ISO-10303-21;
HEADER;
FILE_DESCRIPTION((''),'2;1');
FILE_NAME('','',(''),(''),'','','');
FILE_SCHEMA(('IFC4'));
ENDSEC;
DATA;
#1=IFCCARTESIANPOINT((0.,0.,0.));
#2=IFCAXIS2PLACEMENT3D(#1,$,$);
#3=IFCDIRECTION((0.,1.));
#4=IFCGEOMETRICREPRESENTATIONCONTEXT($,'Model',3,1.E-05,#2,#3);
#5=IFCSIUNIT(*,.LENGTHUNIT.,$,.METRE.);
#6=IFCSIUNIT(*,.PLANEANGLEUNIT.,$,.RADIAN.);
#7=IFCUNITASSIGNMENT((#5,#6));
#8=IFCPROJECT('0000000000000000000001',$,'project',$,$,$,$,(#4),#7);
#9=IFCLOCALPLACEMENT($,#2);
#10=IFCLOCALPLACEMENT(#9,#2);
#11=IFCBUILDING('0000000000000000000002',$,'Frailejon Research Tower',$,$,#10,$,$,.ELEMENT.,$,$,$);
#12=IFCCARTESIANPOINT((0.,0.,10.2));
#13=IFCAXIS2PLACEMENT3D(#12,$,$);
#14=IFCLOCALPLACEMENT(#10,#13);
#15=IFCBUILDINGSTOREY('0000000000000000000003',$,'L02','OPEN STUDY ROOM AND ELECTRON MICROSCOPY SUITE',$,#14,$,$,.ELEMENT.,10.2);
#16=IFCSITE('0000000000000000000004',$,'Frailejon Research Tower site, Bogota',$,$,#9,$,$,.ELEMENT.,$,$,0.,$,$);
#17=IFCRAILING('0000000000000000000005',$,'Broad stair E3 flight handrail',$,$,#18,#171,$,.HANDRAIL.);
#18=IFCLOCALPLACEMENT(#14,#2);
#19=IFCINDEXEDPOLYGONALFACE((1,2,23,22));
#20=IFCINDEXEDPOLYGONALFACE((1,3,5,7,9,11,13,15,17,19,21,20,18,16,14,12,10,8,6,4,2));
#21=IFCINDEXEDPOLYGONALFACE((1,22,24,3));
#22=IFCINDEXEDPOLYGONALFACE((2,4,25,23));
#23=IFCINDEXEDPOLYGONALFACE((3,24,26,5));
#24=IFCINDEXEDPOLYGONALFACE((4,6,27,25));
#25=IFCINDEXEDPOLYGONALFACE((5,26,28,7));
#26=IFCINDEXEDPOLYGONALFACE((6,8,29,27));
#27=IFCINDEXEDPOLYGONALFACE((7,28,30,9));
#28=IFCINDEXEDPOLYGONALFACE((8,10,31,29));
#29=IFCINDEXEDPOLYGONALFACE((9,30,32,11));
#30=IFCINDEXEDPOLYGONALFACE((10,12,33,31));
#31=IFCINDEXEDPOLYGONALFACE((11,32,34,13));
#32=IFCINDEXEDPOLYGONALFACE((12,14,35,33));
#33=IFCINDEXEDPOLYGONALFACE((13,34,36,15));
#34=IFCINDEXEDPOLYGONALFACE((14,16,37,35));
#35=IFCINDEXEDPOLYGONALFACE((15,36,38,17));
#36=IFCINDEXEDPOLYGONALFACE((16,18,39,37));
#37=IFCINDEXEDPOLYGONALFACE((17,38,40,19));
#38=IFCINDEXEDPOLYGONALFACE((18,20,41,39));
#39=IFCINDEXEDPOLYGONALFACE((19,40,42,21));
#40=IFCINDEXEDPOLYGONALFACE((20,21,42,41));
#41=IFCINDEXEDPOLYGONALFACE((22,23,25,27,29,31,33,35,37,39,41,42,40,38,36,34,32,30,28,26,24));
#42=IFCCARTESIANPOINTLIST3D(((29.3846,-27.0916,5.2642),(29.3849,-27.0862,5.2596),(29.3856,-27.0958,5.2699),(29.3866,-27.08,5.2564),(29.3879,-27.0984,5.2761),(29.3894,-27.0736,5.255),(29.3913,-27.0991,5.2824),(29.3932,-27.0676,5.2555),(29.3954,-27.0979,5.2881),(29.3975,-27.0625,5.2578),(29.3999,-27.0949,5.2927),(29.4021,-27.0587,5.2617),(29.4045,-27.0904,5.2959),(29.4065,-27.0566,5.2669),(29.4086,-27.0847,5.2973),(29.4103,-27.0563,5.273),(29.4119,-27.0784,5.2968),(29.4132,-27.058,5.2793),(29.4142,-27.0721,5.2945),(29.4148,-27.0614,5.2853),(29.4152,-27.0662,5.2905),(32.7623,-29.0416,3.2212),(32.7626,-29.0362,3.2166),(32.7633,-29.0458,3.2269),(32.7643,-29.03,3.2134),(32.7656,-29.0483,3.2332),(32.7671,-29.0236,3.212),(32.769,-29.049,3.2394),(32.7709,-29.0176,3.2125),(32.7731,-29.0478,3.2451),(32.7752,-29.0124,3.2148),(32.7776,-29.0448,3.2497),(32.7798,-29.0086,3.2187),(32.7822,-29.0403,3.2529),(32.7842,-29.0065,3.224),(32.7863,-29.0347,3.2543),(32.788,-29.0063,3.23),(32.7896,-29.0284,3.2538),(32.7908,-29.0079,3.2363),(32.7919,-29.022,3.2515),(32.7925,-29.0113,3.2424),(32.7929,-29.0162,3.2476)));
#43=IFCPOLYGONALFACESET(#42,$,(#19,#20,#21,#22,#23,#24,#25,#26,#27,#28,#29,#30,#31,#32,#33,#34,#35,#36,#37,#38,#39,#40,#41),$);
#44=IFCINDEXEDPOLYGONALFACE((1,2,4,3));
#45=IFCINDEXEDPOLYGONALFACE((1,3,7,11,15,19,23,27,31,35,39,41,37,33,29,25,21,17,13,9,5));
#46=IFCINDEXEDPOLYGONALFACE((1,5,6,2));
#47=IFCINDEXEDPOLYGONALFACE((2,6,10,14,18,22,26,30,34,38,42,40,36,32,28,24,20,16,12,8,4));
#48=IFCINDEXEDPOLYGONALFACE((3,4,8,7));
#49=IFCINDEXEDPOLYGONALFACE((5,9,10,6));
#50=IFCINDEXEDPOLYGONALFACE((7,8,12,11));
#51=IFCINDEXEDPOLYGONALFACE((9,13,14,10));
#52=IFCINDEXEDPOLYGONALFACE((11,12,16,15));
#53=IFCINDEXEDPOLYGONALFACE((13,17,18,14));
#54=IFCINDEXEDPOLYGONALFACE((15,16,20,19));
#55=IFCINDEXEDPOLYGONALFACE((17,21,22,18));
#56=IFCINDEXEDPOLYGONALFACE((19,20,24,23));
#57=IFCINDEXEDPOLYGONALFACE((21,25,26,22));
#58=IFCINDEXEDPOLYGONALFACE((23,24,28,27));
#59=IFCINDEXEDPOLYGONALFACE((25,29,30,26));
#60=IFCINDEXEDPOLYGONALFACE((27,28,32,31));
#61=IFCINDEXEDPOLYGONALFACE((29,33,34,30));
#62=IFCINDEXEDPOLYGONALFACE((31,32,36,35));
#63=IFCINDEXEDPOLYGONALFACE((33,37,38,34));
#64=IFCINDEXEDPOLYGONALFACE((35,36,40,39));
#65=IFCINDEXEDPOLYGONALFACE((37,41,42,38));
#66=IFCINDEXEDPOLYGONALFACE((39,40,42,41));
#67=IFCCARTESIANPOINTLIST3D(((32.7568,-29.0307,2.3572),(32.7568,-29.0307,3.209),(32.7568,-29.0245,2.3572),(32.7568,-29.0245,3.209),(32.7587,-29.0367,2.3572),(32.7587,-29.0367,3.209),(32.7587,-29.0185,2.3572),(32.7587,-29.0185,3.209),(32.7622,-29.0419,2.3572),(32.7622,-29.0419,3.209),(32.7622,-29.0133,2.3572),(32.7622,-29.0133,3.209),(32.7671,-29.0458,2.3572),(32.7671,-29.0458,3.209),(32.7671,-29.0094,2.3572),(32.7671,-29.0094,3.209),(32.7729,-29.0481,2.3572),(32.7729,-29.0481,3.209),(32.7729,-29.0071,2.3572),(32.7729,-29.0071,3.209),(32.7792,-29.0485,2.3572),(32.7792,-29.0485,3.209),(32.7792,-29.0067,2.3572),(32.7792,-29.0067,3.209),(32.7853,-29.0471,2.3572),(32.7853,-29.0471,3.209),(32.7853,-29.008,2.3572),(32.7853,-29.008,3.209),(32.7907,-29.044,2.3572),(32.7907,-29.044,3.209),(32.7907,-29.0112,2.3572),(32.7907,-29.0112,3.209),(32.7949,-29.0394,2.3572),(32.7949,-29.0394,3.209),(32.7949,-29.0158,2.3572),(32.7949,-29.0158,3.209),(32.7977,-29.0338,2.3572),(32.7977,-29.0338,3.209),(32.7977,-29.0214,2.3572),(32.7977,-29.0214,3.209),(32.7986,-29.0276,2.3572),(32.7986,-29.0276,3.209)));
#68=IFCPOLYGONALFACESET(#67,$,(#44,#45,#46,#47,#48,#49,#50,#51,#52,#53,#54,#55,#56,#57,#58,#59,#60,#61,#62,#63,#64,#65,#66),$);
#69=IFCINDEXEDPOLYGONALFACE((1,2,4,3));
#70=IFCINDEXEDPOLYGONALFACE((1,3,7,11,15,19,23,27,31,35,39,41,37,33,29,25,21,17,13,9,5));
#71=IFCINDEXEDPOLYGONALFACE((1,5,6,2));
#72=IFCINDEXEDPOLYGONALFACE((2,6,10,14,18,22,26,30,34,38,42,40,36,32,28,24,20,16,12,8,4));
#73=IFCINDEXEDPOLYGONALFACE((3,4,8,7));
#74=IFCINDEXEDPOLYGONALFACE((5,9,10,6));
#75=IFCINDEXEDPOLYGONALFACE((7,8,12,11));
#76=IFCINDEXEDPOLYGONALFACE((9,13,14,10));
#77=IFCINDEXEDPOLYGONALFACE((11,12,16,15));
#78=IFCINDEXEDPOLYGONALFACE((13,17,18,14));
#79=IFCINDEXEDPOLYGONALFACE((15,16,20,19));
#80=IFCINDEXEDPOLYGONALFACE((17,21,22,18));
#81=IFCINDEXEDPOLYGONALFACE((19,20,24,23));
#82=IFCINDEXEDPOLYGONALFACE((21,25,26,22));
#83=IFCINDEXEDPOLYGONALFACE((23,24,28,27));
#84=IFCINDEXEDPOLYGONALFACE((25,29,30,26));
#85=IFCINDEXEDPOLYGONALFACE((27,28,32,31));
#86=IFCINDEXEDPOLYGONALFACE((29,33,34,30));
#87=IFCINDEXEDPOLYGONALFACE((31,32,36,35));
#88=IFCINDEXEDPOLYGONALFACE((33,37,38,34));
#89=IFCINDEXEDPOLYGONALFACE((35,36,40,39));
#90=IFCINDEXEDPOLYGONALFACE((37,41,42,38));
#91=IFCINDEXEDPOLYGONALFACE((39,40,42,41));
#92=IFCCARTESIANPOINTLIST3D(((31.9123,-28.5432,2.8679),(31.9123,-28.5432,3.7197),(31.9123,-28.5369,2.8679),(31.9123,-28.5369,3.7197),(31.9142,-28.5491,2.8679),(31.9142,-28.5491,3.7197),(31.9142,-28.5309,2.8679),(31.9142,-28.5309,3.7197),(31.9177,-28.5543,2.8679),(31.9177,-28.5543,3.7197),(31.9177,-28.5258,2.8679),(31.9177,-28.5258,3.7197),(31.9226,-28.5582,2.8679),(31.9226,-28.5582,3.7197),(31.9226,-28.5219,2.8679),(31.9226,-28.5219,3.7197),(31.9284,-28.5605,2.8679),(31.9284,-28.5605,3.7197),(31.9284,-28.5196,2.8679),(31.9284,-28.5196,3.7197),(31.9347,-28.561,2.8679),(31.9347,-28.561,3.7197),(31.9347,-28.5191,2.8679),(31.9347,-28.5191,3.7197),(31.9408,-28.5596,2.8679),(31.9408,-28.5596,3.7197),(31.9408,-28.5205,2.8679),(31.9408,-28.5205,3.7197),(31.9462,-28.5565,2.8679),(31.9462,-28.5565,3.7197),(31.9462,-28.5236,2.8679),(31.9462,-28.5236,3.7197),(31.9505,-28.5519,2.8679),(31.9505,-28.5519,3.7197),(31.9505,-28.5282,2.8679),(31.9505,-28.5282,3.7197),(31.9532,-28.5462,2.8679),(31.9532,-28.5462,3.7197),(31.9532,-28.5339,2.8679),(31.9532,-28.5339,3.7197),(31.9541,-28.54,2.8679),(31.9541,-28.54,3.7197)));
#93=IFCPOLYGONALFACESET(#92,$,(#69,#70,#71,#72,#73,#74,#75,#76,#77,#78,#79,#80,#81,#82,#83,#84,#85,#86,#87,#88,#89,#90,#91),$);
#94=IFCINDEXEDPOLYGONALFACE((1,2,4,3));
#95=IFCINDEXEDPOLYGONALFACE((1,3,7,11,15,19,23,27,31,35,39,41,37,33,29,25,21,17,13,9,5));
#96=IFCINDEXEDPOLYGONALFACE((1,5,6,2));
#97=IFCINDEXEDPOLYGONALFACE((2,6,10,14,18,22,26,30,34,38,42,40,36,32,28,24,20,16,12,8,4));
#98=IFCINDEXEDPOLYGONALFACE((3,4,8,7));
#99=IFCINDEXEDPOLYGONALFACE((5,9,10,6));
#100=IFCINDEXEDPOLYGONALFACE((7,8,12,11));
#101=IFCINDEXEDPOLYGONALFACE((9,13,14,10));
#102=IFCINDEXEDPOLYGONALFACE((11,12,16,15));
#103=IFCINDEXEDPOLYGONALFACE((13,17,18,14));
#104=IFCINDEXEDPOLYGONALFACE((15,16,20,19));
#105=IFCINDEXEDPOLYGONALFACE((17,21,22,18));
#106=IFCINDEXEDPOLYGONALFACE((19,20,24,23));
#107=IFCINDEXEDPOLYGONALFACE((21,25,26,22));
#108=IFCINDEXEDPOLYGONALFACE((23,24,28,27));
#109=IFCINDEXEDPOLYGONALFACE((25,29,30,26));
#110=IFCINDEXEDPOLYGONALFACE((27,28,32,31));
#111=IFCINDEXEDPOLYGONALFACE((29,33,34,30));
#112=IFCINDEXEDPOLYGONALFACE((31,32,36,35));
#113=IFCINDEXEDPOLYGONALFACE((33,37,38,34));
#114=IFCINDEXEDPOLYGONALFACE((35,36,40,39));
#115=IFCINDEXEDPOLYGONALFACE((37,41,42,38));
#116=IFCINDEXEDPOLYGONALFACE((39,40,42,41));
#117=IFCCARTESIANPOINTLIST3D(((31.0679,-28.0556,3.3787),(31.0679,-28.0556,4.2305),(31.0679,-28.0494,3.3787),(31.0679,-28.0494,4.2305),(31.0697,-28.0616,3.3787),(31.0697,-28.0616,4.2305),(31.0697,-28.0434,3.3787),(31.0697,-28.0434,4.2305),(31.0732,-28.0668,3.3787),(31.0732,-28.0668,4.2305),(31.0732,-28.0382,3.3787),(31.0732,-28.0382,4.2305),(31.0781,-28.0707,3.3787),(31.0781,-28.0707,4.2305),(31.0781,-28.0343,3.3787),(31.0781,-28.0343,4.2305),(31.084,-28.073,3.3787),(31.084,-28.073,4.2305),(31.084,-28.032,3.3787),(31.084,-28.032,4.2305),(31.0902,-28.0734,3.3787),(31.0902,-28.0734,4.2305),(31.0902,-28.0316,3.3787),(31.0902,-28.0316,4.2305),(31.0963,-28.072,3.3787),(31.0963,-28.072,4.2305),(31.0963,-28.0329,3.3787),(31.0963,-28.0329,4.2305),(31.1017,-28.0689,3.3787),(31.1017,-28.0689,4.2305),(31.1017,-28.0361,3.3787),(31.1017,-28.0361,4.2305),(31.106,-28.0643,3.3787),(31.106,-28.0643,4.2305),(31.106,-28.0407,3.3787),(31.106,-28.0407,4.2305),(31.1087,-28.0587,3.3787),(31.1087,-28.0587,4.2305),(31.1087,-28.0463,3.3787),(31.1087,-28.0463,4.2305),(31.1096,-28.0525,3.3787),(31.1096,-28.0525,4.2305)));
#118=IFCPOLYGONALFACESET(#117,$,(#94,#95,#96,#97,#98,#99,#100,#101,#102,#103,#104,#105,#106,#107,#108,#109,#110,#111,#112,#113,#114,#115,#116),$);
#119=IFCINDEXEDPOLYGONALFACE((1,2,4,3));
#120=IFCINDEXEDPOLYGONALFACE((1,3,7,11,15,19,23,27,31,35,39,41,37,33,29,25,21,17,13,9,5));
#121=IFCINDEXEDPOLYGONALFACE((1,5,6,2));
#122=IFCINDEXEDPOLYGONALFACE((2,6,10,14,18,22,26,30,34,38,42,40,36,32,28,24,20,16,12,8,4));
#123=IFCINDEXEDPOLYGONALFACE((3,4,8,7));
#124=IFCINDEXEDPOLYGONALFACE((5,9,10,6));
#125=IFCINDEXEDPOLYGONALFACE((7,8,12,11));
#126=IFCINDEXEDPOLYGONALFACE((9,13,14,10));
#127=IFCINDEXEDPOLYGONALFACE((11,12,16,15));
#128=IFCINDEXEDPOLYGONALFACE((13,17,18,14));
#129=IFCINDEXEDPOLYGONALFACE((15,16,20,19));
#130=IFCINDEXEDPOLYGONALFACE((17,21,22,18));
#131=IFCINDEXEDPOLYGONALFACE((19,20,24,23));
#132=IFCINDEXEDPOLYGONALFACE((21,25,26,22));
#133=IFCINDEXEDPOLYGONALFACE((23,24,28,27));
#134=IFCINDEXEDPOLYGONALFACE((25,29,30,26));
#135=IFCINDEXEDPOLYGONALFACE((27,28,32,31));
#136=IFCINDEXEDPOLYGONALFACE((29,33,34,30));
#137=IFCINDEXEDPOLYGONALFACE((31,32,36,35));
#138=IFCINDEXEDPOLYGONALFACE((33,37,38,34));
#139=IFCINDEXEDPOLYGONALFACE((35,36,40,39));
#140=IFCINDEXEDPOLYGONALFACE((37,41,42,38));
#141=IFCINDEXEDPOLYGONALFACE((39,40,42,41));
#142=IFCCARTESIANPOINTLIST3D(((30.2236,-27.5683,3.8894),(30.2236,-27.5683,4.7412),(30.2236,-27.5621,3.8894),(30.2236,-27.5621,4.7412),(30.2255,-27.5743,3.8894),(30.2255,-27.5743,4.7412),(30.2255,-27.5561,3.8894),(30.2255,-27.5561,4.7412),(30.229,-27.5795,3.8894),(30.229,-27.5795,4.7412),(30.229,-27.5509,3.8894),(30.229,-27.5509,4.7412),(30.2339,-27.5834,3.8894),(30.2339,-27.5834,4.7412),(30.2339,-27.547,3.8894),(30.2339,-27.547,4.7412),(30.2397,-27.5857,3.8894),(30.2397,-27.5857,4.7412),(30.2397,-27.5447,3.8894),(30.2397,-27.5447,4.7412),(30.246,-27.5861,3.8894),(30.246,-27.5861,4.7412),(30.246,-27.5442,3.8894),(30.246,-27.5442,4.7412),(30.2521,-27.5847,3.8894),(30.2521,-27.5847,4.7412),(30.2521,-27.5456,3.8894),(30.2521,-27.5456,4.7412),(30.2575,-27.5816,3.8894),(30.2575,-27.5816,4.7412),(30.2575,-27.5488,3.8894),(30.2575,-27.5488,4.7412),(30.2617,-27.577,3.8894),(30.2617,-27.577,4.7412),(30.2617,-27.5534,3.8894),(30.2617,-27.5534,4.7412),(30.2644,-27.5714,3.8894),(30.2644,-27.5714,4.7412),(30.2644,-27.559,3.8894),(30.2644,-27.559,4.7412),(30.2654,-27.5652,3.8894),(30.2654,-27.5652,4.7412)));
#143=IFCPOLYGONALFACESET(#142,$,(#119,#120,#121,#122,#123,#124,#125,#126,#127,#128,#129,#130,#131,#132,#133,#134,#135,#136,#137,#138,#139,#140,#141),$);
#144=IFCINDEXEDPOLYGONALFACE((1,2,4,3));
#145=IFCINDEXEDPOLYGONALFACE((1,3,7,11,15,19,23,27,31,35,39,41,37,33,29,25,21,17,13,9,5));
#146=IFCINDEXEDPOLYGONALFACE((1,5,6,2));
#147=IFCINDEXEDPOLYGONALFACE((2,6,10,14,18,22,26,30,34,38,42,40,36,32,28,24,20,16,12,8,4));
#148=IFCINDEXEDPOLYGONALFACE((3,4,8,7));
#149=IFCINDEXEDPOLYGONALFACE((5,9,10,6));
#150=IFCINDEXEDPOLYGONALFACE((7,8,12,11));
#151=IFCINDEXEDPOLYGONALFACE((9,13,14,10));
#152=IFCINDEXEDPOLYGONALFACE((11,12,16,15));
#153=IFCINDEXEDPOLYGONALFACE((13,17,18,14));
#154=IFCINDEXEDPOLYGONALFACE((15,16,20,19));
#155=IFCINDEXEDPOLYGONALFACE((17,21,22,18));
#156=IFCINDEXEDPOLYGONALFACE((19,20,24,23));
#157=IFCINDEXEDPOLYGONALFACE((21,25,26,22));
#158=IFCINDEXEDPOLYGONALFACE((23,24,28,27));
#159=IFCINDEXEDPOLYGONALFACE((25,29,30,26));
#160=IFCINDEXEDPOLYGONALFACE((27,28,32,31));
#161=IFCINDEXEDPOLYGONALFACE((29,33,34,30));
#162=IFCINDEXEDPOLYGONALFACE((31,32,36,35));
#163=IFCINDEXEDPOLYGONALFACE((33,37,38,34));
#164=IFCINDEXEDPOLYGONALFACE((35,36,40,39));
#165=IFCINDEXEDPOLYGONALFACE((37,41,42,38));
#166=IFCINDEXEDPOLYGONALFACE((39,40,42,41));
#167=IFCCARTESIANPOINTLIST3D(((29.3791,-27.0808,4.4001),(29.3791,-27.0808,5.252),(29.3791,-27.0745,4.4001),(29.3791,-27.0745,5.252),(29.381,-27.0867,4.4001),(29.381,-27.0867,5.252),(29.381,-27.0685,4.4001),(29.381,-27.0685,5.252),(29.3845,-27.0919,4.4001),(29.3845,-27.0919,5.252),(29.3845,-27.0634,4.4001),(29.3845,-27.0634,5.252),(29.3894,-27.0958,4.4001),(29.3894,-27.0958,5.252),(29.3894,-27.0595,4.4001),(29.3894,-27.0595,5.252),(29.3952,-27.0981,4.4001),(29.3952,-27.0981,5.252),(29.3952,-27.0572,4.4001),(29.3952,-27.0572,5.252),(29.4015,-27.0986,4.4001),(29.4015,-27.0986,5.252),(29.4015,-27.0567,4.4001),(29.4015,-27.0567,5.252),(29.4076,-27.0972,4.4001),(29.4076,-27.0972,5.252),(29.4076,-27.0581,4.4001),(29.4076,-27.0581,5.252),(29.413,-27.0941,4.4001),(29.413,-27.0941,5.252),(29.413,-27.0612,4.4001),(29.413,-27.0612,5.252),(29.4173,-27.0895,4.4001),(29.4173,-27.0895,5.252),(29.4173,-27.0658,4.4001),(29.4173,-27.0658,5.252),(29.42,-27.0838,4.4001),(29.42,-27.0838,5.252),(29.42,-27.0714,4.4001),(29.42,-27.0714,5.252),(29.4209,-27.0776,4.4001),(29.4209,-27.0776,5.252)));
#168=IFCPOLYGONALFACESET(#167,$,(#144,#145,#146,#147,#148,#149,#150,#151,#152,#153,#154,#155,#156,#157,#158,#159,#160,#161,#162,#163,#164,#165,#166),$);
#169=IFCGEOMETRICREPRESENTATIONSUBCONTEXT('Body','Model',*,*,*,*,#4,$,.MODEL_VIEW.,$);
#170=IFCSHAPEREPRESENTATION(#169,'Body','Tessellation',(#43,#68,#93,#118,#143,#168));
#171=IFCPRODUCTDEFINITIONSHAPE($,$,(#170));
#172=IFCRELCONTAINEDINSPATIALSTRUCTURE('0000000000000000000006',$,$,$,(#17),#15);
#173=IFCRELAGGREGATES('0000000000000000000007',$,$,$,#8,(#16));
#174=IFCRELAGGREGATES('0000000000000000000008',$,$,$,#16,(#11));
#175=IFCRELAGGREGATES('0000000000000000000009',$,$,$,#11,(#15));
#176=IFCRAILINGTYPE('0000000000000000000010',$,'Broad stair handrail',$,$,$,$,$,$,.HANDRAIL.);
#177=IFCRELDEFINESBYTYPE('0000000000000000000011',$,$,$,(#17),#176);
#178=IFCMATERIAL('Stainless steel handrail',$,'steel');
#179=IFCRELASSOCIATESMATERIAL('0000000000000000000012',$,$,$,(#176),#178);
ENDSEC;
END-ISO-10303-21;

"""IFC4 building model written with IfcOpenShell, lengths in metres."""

from ifc_helpers import new_model, si_unit, direction, frame, origin, origin_2d, place, context, subcontext, project, spatial, circle, extrude, material, type_object, element, save


model = new_model("IFC4")

# Units and contexts
model_context = context("Model", 3, precision=1e-05, world=origin(), true_north=direction((0.0, 1.0)))
body_context = subcontext(model_context, "Body", "Model", "MODEL_VIEW")
ifc_project = project(units=[si_unit("LENGTHUNIT", "METRE"), si_unit("PLANEANGLEUNIT", "RADIAN")], contexts=[model_context])

# Site, building, storey
site_placement = place(None, origin())
site = spatial("IfcSite", under=ifc_project, at=site_placement, Name="Frailejon Research Tower site, Bogota", CompositionType="ELEMENT", RefElevation=0.0)
building_placement = place(site_placement, origin())
building = spatial("IfcBuilding", under=site, at=building_placement, Name="Frailejon Research Tower", CompositionType="ELEMENT")
storey_placement = place(building_placement, frame((0.0, 0.0, 10.2)))
storey = spatial("IfcBuildingStorey", under=building, at=storey_placement, Name="L02", Description="OPEN STUDY ROOM AND ELECTRON MICROSCOPY SUITE", CompositionType="ELEMENT", Elevation=10.2)

# Railing
ifc_material_1 = material(Name="Stainless steel handrail", Category="steel")
railing_type_1 = type_object("IfcRailingType", Name="Broad stair handrail", PredefinedType="HANDRAIL", material=ifc_material_1)
for number, where, name in (
    (1, (32.7776, -29.0276, 2.3572), "Broad stair E3 flight handrail"),
):
    element("IfcRailing", number, at=place(storey_placement, frame(where)), inside=storey, type_object=railing_type_1, Name=name, PredefinedType="HANDRAIL", context=body_context, shape_type="SweptSolid", body=[
        extrude(circle(Radius=0.0239, at=origin_2d()), frame((0.0, 0.0, 0.876), z_axis=(-0.767165, 0.442887, 0.464014), x_axis=(-0.49997, -0.866043, 0.0)), (0.0, 0.0, 1.0), 4.4028),
        extrude(circle(Radius=0.021, at=origin_2d()), origin(), (0.0, 0.0, 1.0), 0.8518),
        extrude(circle(Radius=0.021, at=origin_2d()), frame((-0.8445, 0.4875, 0.5107)), (0.0, 0.0, 1.0), 0.8518),
        extrude(circle(Radius=0.021, at=origin_2d()), frame((-1.689, 0.9751, 1.0215)), (0.0, 0.0, 1.0), 0.8518),
        extrude(circle(Radius=0.021, at=origin_2d()), frame((-2.5332, 1.4624, 1.5322)), (0.0, 0.0, 1.0), 0.8518),
        extrude(circle(Radius=0.021, at=origin_2d()), frame((-3.3777, 1.95, 2.043)), (0.0, 0.0, 1.0), 0.8518),
    ])

save(model, "model.ifc")
